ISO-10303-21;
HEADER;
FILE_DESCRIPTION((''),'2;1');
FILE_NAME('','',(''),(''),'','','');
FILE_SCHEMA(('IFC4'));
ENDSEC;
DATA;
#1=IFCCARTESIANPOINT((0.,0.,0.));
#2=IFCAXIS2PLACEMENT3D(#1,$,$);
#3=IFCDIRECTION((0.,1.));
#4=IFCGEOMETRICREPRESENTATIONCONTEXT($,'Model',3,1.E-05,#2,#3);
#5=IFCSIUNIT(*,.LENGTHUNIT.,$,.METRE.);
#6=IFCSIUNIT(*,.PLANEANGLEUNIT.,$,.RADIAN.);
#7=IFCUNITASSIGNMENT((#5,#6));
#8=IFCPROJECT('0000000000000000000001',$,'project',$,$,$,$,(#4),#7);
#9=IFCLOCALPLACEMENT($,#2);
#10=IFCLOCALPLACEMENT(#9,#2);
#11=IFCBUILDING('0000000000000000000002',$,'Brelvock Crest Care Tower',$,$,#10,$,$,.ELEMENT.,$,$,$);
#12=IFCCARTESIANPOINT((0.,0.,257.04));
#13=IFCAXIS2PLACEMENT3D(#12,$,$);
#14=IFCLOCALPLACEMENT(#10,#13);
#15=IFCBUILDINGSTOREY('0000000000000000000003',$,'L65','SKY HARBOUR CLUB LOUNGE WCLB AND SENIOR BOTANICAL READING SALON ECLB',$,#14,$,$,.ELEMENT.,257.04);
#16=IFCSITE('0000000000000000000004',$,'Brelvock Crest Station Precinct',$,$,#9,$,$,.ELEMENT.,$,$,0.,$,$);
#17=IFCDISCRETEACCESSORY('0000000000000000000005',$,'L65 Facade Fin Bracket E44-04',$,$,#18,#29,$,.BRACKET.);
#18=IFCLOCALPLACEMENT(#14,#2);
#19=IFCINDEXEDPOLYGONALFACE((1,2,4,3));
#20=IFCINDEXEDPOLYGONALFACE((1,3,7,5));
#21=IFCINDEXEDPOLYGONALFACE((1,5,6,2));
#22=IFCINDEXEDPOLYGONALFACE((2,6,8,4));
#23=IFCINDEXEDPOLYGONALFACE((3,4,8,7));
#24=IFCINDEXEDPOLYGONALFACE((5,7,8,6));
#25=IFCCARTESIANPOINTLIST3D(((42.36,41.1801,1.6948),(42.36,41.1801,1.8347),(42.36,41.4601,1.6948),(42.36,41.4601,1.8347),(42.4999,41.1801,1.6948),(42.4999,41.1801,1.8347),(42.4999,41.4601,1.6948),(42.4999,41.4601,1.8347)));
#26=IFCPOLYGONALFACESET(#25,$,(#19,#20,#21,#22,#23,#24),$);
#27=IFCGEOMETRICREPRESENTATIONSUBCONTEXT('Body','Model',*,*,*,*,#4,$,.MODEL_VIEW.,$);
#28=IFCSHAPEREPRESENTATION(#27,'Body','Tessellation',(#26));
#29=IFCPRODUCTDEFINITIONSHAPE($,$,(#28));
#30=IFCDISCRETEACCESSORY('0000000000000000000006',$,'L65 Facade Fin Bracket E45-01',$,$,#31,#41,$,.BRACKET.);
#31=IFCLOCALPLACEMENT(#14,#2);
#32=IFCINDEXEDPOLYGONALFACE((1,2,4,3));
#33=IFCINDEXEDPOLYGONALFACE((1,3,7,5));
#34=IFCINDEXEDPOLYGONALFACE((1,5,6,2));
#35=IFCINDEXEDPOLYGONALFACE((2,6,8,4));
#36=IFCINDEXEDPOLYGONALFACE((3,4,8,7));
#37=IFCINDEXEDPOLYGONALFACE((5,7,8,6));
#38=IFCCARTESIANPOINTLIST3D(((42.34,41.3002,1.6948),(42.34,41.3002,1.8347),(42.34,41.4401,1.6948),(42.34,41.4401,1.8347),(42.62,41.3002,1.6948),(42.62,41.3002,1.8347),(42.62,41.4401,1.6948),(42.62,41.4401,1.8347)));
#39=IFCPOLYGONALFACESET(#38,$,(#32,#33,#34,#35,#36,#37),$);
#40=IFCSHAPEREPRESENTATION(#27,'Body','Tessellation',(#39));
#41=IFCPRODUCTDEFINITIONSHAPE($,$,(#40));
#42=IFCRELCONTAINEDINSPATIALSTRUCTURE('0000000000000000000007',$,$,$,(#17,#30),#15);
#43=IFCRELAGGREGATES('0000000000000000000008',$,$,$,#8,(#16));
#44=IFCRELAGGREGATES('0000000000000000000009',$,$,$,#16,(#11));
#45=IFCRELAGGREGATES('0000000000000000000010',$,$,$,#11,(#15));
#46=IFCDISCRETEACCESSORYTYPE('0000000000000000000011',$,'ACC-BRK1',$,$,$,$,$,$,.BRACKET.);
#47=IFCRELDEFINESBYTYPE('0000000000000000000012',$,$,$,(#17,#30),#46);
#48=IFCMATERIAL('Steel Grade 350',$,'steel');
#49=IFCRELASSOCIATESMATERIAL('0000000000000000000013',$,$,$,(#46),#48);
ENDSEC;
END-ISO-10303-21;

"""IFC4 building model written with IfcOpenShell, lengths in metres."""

from ifc_helpers import new_model, si_unit, direction, frame, origin, origin_2d, place, context, subcontext, project, spatial, rectangle, extrude, source, transform, mapped, material, type_object, element, save


model = new_model("IFC4")

# Units and contexts
model_context = context("Model", 3, precision=1e-05, world=origin(), true_north=direction((0.0, 1.0)))
body_context = subcontext(model_context, "Body", "Model", "MODEL_VIEW")
ifc_project = project(units=[si_unit("LENGTHUNIT", "METRE"), si_unit("PLANEANGLEUNIT", "RADIAN")], contexts=[model_context])

# Site, building, storey
site_placement = place(None, origin())
site = spatial("IfcSite", under=ifc_project, at=site_placement, Name="Brelvock Crest Station Precinct", CompositionType="ELEMENT", RefElevation=0.0)
building_placement = place(site_placement, origin())
building = spatial("IfcBuilding", under=site, at=building_placement, Name="Brelvock Crest Care Tower", CompositionType="ELEMENT")
storey_placement = place(building_placement, frame((0.0, 0.0, 257.04)))
storey = spatial("IfcBuildingStorey", under=building, at=storey_placement, Name="L65", Description="SKY HARBOUR CLUB LOUNGE WCLB AND SENIOR BOTANICAL READING SALON ECLB", CompositionType="ELEMENT", Elevation=257.04)

# Shared definitions
ifc_material_1 = material(Name="Steel Grade 350", Category="steel")

# Discrete accessories
discrete_accessory_type = type_object("IfcDiscreteAccessoryType", Name="ACC-BRK1", PredefinedType="BRACKET", material=ifc_material_1)
shared_shape_1 = source(origin(), body_context, "Body", "SweptSolid", [
    extrude(rectangle(XDim=0.28, YDim=0.1399, at=origin_2d()), origin(), (0.0, 0.0, 1.0), 0.1399),
])
for number, where, z_axis, x_axis, name in (
    (1, (42.4299, 41.3201, 1.6948), (0.0, 0.0, 1.0), (0.0, -1.0, 0.0), "L65 Facade Fin Bracket E44-04"),
    (2, (42.48, 41.3701, 1.6948), (0.0, 0.0, 1.0), (1.0, 0.0, 0.0), "L65 Facade Fin Bracket E45-01"),
):
    element("IfcDiscreteAccessory", number, at=place(storey_placement, frame(where, z_axis=z_axis, x_axis=x_axis)), inside=storey, type_object=discrete_accessory_type, Name=name, PredefinedType="BRACKET", context=body_context, shape_type="MappedRepresentation", body=[
        mapped(shared_shape_1, transform((0.0, 0.0, 0.0), x_axis=(1.0, 0.0, 0.0), y_axis=(0.0, 1.0, 0.0), z_axis=(0.0, 0.0, 1.0), scale=1.0)),
    ])

save(model, "model.ifc")
